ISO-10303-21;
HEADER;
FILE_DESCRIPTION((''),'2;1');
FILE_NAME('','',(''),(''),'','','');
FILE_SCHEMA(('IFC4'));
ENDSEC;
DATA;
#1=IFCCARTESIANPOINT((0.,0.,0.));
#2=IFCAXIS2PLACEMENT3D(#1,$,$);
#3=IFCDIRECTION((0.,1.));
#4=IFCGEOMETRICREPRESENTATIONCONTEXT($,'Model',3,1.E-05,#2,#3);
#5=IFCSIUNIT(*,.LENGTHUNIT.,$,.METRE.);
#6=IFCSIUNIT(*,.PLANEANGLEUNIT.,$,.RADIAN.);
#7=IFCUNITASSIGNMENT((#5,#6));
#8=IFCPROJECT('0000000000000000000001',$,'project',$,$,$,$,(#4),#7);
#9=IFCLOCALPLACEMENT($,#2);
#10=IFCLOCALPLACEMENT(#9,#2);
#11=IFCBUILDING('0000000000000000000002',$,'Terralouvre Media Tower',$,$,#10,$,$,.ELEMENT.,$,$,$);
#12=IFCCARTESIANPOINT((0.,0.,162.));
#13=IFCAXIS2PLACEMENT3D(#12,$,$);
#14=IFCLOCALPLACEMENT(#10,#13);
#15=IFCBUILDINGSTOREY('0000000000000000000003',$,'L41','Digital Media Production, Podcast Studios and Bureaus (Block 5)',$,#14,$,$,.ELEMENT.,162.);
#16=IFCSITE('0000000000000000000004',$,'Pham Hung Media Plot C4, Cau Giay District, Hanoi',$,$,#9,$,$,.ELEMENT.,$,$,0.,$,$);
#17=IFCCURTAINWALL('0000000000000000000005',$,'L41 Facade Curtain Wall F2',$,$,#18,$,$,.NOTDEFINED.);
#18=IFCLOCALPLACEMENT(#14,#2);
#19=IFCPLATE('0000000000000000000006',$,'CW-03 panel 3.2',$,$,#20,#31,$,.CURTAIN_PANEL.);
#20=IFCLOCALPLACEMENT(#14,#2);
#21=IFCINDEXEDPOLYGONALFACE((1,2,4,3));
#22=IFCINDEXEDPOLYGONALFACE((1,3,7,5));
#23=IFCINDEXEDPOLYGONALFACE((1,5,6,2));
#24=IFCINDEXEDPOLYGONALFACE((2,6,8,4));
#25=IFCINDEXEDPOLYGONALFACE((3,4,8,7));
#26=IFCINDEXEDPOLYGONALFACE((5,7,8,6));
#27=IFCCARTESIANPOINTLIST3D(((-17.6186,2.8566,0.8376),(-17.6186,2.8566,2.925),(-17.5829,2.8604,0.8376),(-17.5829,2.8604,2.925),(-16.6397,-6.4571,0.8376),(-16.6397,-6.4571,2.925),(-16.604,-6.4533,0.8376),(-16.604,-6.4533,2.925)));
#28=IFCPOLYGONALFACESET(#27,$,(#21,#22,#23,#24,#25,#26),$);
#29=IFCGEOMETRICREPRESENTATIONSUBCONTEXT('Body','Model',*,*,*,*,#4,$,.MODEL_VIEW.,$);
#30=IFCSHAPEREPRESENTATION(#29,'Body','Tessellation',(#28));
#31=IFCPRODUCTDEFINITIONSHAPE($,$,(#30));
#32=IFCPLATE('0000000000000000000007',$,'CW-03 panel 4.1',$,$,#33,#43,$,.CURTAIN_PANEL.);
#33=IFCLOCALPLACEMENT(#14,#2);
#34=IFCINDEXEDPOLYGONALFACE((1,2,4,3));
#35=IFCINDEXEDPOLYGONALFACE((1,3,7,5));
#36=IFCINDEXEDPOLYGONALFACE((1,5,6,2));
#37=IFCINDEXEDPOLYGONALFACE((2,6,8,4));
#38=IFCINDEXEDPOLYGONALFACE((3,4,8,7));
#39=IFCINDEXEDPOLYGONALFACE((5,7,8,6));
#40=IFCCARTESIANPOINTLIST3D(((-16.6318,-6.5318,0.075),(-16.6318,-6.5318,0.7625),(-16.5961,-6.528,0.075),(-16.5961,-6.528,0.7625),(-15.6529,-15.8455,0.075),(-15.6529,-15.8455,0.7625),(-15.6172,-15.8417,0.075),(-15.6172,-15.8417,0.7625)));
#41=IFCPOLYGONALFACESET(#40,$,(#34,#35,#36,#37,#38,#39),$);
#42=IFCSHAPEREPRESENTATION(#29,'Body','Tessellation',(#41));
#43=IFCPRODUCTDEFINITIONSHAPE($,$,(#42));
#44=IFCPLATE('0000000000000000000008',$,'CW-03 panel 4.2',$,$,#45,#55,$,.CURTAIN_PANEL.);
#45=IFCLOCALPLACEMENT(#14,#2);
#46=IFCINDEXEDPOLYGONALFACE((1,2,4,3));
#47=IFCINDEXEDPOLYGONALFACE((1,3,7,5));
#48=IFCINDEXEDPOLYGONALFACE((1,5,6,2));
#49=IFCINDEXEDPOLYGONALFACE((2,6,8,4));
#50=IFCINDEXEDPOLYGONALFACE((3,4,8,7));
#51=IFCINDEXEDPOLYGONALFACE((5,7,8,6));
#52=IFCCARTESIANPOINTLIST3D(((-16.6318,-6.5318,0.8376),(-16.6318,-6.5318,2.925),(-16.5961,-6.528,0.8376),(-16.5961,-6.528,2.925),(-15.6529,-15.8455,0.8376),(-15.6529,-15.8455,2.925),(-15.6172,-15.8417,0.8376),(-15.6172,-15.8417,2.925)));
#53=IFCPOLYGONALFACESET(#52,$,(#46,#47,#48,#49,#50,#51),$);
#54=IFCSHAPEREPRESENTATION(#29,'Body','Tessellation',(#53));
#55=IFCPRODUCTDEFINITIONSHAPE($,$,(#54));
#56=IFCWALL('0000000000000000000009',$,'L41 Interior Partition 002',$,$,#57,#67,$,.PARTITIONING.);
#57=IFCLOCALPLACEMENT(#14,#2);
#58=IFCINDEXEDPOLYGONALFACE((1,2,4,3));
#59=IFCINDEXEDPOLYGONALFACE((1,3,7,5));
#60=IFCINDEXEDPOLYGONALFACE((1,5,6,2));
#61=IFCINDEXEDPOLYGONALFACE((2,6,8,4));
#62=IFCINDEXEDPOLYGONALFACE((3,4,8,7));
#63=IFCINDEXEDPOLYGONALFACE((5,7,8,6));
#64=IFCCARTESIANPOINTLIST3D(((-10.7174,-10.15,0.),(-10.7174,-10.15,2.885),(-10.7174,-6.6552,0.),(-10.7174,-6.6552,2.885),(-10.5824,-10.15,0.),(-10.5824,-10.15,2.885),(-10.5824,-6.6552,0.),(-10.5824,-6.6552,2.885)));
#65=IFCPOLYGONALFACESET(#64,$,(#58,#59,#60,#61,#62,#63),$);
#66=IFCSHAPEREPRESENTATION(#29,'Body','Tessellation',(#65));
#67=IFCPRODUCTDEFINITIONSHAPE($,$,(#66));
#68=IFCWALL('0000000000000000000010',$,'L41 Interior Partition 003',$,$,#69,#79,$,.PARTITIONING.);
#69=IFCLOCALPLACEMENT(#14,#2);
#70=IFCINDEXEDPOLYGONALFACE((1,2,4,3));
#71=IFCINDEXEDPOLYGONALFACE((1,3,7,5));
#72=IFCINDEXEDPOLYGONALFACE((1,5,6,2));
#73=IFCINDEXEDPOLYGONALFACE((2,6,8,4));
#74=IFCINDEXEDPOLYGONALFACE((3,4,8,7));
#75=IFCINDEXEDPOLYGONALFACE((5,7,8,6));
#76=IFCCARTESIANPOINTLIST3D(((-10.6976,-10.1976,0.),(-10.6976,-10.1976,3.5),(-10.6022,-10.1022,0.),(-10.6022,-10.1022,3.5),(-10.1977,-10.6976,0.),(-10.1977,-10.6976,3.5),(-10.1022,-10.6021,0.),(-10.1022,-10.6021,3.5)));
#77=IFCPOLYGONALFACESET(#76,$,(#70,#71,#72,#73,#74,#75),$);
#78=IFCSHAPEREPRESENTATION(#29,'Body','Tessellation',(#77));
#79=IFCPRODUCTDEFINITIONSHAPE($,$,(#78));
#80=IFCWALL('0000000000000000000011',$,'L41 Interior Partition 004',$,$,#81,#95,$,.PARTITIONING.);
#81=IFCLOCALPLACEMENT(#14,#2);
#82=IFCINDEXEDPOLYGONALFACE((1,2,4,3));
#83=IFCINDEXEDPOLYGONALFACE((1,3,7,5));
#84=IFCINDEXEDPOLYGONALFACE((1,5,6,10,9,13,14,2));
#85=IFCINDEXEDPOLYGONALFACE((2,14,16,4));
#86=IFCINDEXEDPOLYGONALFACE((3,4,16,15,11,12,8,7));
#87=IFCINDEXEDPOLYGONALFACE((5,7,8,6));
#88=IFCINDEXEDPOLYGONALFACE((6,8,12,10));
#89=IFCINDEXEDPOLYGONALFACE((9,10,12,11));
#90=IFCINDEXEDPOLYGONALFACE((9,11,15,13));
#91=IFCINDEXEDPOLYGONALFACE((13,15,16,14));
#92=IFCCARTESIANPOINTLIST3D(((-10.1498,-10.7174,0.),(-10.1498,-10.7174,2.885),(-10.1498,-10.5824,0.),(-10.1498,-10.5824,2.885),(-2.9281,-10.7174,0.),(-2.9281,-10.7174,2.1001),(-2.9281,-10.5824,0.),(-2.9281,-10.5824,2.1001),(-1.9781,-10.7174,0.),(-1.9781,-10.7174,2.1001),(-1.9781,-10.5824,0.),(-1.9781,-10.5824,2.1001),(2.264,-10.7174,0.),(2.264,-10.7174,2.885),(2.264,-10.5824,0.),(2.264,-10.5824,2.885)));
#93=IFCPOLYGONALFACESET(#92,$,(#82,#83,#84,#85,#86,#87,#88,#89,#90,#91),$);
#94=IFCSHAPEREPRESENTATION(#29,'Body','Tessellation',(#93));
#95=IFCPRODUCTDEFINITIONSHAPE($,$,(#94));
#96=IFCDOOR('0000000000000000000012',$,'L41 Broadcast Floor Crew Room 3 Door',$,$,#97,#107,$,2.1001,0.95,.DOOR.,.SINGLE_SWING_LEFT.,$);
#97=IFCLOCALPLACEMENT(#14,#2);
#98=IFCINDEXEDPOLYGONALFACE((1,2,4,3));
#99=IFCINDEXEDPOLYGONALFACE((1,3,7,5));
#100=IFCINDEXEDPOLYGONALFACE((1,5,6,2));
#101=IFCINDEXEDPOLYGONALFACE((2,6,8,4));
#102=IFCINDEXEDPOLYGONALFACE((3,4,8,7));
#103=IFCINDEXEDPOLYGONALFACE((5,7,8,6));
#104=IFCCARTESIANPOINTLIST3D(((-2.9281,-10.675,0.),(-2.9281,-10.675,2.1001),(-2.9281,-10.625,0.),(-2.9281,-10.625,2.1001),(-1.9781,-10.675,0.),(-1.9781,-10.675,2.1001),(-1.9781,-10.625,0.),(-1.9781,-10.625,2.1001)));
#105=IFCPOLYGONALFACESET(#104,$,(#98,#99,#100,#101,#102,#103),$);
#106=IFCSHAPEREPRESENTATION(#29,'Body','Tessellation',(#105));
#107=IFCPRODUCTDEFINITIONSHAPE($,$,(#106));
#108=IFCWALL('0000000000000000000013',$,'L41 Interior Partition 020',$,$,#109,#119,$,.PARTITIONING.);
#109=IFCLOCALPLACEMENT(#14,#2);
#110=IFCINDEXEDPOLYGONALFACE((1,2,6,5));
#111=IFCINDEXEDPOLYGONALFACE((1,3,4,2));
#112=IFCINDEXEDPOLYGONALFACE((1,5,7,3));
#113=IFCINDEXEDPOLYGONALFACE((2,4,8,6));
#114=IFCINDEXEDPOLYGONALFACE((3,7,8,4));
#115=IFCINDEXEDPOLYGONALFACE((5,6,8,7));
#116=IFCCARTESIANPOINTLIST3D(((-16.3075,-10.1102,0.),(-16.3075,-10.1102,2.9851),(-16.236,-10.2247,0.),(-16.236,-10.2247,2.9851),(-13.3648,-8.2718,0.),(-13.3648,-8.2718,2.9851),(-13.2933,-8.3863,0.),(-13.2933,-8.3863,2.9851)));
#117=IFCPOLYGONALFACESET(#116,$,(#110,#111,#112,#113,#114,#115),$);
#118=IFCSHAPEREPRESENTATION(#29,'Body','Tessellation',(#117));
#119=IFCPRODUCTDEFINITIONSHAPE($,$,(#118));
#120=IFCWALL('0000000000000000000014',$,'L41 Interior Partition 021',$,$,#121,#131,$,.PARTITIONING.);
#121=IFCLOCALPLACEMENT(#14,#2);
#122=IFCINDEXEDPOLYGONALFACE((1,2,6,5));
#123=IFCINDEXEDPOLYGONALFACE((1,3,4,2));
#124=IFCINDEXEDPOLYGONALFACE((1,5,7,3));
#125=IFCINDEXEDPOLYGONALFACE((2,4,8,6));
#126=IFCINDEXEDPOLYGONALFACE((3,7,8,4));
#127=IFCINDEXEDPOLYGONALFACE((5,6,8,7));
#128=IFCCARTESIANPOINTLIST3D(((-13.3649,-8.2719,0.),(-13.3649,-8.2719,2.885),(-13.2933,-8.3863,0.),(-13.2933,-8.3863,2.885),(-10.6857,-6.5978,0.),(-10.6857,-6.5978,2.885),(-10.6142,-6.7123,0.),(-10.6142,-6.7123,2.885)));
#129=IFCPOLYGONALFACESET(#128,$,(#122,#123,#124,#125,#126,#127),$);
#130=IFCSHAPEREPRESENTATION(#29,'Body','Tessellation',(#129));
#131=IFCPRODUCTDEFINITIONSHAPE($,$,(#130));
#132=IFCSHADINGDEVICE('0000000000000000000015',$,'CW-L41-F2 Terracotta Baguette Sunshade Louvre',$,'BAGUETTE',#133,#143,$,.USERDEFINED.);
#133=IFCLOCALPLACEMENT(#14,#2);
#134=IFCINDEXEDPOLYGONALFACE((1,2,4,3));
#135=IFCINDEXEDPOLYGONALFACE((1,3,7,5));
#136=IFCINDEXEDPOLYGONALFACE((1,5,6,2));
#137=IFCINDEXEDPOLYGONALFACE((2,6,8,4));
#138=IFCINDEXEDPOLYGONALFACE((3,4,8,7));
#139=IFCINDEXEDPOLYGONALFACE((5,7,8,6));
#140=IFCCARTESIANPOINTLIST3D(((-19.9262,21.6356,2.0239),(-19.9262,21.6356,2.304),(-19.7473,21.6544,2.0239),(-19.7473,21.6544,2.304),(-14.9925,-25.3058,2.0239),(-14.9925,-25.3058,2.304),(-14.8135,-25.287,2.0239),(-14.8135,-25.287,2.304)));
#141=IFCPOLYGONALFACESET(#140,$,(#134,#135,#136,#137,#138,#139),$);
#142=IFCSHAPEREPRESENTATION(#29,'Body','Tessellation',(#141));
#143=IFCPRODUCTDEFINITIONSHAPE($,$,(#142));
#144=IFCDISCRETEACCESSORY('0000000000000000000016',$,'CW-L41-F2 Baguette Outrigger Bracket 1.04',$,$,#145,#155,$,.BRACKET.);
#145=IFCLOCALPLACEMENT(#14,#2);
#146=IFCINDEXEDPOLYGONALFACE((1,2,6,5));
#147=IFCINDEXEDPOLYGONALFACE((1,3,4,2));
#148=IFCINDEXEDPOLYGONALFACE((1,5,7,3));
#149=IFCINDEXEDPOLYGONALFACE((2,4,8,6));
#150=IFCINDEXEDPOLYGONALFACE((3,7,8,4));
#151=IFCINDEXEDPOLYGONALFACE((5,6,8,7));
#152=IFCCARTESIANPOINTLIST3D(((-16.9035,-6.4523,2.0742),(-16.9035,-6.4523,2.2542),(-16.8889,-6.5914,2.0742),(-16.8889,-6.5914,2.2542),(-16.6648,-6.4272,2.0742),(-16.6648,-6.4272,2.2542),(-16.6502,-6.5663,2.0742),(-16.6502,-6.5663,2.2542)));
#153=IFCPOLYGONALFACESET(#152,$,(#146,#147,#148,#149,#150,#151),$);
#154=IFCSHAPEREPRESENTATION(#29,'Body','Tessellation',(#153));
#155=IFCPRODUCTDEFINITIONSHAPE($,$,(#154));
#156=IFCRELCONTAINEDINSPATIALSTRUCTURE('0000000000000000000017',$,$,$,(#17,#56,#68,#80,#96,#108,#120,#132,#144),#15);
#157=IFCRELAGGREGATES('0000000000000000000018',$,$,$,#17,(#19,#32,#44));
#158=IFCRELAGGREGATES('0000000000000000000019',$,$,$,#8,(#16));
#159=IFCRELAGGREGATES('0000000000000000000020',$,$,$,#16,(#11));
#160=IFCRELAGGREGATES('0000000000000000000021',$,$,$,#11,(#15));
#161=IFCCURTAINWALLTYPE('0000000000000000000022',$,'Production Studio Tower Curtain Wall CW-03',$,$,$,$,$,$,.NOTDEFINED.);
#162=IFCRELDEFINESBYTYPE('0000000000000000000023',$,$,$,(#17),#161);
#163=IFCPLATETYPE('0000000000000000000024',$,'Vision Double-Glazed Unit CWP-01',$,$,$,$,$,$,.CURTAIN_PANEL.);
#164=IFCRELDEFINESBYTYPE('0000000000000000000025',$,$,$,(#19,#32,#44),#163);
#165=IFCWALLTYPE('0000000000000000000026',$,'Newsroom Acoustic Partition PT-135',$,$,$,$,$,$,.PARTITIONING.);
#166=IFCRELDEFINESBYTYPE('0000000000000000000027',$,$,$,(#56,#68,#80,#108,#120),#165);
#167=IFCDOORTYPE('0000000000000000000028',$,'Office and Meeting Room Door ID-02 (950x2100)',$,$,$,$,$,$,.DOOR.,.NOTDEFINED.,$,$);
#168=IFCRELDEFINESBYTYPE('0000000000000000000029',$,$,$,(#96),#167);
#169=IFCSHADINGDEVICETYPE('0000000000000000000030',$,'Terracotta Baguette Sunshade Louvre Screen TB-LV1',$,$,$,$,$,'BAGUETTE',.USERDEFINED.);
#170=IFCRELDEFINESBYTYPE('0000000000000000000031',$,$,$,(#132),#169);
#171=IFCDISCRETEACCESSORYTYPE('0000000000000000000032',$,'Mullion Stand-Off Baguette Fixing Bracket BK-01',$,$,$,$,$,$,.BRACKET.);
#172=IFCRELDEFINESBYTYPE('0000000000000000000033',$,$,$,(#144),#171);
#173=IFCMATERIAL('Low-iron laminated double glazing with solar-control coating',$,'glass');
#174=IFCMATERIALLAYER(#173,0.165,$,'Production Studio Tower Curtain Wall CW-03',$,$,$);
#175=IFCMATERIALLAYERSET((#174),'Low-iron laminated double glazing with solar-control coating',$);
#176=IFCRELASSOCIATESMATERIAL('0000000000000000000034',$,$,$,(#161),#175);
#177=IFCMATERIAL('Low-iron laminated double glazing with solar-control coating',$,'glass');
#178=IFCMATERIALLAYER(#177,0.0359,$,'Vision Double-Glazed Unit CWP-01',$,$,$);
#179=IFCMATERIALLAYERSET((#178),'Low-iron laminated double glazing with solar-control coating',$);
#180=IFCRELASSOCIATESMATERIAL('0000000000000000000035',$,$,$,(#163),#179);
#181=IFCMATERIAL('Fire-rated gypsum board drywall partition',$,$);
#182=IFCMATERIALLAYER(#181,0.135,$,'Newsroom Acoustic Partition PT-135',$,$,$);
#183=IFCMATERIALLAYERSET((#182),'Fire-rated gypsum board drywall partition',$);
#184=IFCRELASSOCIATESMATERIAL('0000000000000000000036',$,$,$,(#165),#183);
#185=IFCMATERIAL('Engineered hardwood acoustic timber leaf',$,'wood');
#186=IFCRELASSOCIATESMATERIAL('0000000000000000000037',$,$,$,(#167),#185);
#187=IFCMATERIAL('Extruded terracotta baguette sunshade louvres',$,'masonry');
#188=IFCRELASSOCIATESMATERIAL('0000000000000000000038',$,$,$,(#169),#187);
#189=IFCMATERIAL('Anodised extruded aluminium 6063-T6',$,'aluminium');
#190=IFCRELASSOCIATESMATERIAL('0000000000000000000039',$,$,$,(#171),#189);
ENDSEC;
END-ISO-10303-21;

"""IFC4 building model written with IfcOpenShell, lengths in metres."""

from ifc_helpers import new_model, si_unit, direction, frame, frame_2d, origin, origin_2d, place, context, subcontext, project, spatial, rectangle, extrude, material, layer, layer_set, type_object, element, fill, aggregate, save


model = new_model("IFC4")

# Units and contexts
model_context = context("Model", 3, precision=1e-05, world=origin(), true_north=direction((0.0, 1.0)))
body_context = subcontext(model_context, "Body", "Model", "MODEL_VIEW")
ifc_project = project(units=[si_unit("LENGTHUNIT", "METRE"), si_unit("PLANEANGLEUNIT", "RADIAN")], contexts=[model_context])

# Site, building, storey
site_placement = place(None, origin())
site = spatial("IfcSite", under=ifc_project, at=site_placement, Name="Pham Hung Media Plot C4, Cau Giay District, Hanoi", CompositionType="ELEMENT", RefElevation=0.0)
building_placement = place(site_placement, origin())
building = spatial("IfcBuilding", under=site, at=building_placement, Name="Terralouvre Media Tower", CompositionType="ELEMENT")
storey_placement = place(building_placement, frame((0.0, 0.0, 162.0)))
storey = spatial("IfcBuildingStorey", under=building, at=storey_placement, Name="L41", Description="Digital Media Production, Podcast Studios and Bureaus (Block 5)", CompositionType="ELEMENT", Elevation=162.0)

# Curtain wall
ifc_material_1 = material(Name="Low-iron laminated double glazing with solar-control coating", Category="glass")
ifc_layer_1 = layer(ifc_material_1, 0.165, Name="Production Studio Tower Curtain Wall CW-03")
ifc_layer_set_1 = layer_set([ifc_layer_1], Name="Low-iron laminated double glazing with solar-control coating")
curtain_wall_type = type_object("IfcCurtainWallType", Name="Production Studio Tower Curtain Wall CW-03", PredefinedType="NOTDEFINED", material=ifc_layer_set_1)
curtain_wall_placement = place(storey_placement, origin())
curtain_wall = element("IfcCurtainWall", 1, at=curtain_wall_placement, inside=storey, type_object=curtain_wall_type, Name="L41 Facade Curtain Wall F2", PredefinedType="NOTDEFINED")

# Plates
ifc_material_2 = material(Name="Low-iron laminated double glazing with solar-control coating", Category="glass")
ifc_layer_2 = layer(ifc_material_2, 0.0359, Name="Vision Double-Glazed Unit CWP-01")
ifc_layer_set_2 = layer_set([ifc_layer_2], Name="Low-iron laminated double glazing with solar-control coating")
plate_type = type_object("IfcPlateType", Name="Vision Double-Glazed Unit CWP-01", PredefinedType="CURTAIN_PANEL", material=ifc_layer_set_2)
plate_1_placement = place(storey_placement, frame((-17.1113, -1.7983, 0.8376), z_axis=(0.0, 0.0, 1.0), x_axis=(0.104528, -0.994522, 0.0)))
plate_1 = element("IfcPlate", 2, at=plate_1_placement, type_object=plate_type, Name="CW-03 panel 3.2", PredefinedType="CURTAIN_PANEL", context=body_context, shape_type="SweptSolid", body=[
    extrude(rectangle(XDim=9.365, YDim=0.0359, at=origin_2d()), origin(), (0.0, 0.0, 1.0), 2.0874),
])
plate_2_placement = place(storey_placement, frame((-16.1245, -11.1868, 0.075), z_axis=(0.0, 0.0, 1.0), x_axis=(0.104528, -0.994522, 0.0)))
plate_2 = element("IfcPlate", 3, at=plate_2_placement, type_object=plate_type, Name="CW-03 panel 4.1", PredefinedType="CURTAIN_PANEL", context=body_context, shape_type="SweptSolid", body=[
    extrude(rectangle(XDim=9.365, YDim=0.0359, at=origin_2d()), origin(), (0.0, 0.0, 1.0), 0.6875),
])
plate_3_placement = place(storey_placement, frame((-16.1245, -11.1868, 0.8376), z_axis=(0.0, 0.0, 1.0), x_axis=(0.104528, -0.994522, 0.0)))
plate_3 = element("IfcPlate", 4, at=plate_3_placement, type_object=plate_type, Name="CW-03 panel 4.2", PredefinedType="CURTAIN_PANEL", context=body_context, shape_type="SweptSolid", body=[
    extrude(rectangle(XDim=9.365, YDim=0.0359, at=origin_2d()), origin(), (0.0, 0.0, 1.0), 2.0874),
])
aggregate(curtain_wall, [plate_1, plate_2, plate_3])

# Walls
ifc_material_3 = material(Name="Fire-rated gypsum board drywall partition")
ifc_layer_3 = layer(ifc_material_3, 0.135, Name="Newsroom Acoustic Partition PT-135")
ifc_layer_set_3 = layer_set([ifc_layer_3], Name="Fire-rated gypsum board drywall partition")
wall_type = type_object("IfcWallType", Name="Newsroom Acoustic Partition PT-135", PredefinedType="PARTITIONING", material=ifc_layer_set_3)
wall_1_placement = place(storey_placement, frame((-10.6499, -6.655, 0.0), z_axis=(0.0, 0.0, 1.0), x_axis=(0.0, -1.0, 0.0)))
element("IfcWall", 5, at=wall_1_placement, inside=storey, type_object=wall_type, Name="L41 Interior Partition 002", PredefinedType="PARTITIONING", context=body_context, shape_type="SweptSolid", body=[
    extrude(rectangle(XDim=3.4949, YDim=0.135, at=frame_2d((1.7476, 0.0))), origin(), (0.0, 0.0, 1.0), 2.885),
])
wall_2_placement = place(storey_placement, frame((-10.6499, -10.1499, 0.0), z_axis=(0.0, 0.0, 1.0), x_axis=(0.707107, -0.707107, 0.0)))
element("IfcWall", 6, at=wall_2_placement, inside=storey, type_object=wall_type, Name="L41 Interior Partition 003", PredefinedType="PARTITIONING", context=body_context, shape_type="SweptSolid", body=[
    extrude(rectangle(XDim=0.707, YDim=0.135, at=frame_2d((0.3535, 0.0))), origin(), (0.0, 0.0, 1.0), 3.5),
])

# Wall, opening, door
wall_3_placement = place(storey_placement, frame((-10.1499, -10.6499, 0.0), z_axis=(0.0, 0.0, 1.0), x_axis=(1.0, 0.0, 0.0)))
wall_3 = element("IfcWall", 7, at=wall_3_placement, inside=storey, type_object=wall_type, Name="L41 Interior Partition 004", PredefinedType="PARTITIONING", context=body_context, shape_type="SweptSolid", body=[
    extrude(rectangle(XDim=12.4138, YDim=0.135, at=frame_2d((6.207, 0.0))), origin(), (0.0, 0.0, 1.0), 2.885),
])
opening_placement = place(wall_3_placement, frame((7.2217, 0.0, 0.0)))
opening = element("IfcOpeningElement", 8, at=opening_placement, cuts=wall_3, PredefinedType="OPENING", context=body_context, shape_type="SweptSolid", body=[
    extrude(rectangle(XDim=0.95, YDim=2.1001, at=frame_2d((0.4751, 1.05))), frame((0.0, 0.0774, 0.0), z_axis=(0.0, -1.0, 0.0), x_axis=(1.0, 0.0, 0.0)), (0.0, 0.0, 1.0), 0.155),
])
ifc_material_4 = material(Name="Engineered hardwood acoustic timber leaf", Category="wood")
door_type = type_object("IfcDoorType", Name="Office and Meeting Room Door ID-02 (950x2100)", OperationType="NOTDEFINED", PredefinedType="DOOR", material=ifc_material_4)
door_placement = place(opening_placement, origin())
door = element("IfcDoor", 9, at=door_placement, inside=storey, type_object=door_type, Name="L41 Broadcast Floor Crew Room 3 Door", OperationType="SINGLE_SWING_LEFT", OverallHeight=2.1001, OverallWidth=0.95, PredefinedType="DOOR", context=body_context, shape_type="SweptSolid", body=[
    extrude(rectangle(XDim=0.95, YDim=2.1001, at=frame_2d((0.4751, 1.05))), frame((0.0, 0.0249, 0.0), z_axis=(0.0, -1.0, 0.0), x_axis=(1.0, 0.0, 0.0)), (0.0, 0.0, 1.0), 0.05),
])
fill(opening, door)

# Walls
wall_4_placement = place(storey_placement, frame((-16.2717, -10.1675, 0.0), z_axis=(0.0, 0.0, 1.0), x_axis=(0.848097, 0.529841, 0.0)))
element("IfcWall", 10, at=wall_4_placement, inside=storey, type_object=wall_type, Name="L41 Interior Partition 020", PredefinedType="PARTITIONING", context=body_context, shape_type="SweptSolid", body=[
    extrude(rectangle(XDim=3.4697, YDim=0.135, at=frame_2d((1.7349, 0.0))), origin(), (0.0, 0.0, 1.0), 2.9851),
])
wall_5_placement = place(storey_placement, frame((-13.3291, -8.3291, 0.0), z_axis=(0.0, 0.0, 1.0), x_axis=(0.848059, 0.529902, 0.0)))
element("IfcWall", 11, at=wall_5_placement, inside=storey, type_object=wall_type, Name="L41 Interior Partition 021", PredefinedType="PARTITIONING", context=body_context, shape_type="SweptSolid", body=[
    extrude(rectangle(XDim=3.1592, YDim=0.135, at=frame_2d((1.5796, 0.0))), origin(), (0.0, 0.0, 1.0), 2.885),
])

# Shading device
ifc_material_5 = material(Name="Extruded terracotta baguette sunshade louvres", Category="masonry")
shading_device_type = type_object("IfcShadingDeviceType", Name="Terracotta Baguette Sunshade Louvre Screen TB-LV1", ElementType="BAGUETTE", PredefinedType="USERDEFINED", material=ifc_material_5)
shading_device_placement = place(storey_placement, frame((-17.3699, -1.8257, 2.0239), z_axis=(0.0, 0.0, 1.0), x_axis=(0.104528, -0.994522, 0.0)))
element("IfcShadingDevice", 12, at=shading_device_placement, inside=storey, type_object=shading_device_type, Name="CW-L41-F2 Terracotta Baguette Sunshade Louvre", ObjectType="BAGUETTE", PredefinedType="USERDEFINED", context=body_context, shape_type="SweptSolid", body=[
    extrude(rectangle(XDim=47.2, YDim=0.1799, at=origin_2d()), origin(), (0.0, 0.0, 1.0), 0.28),
])

# Discrete accessory
ifc_material_6 = material(Name="Anodised extruded aluminium 6063-T6", Category="aluminium")
discrete_accessory_type = type_object("IfcDiscreteAccessoryType", Name="Mullion Stand-Off Baguette Fixing Bracket BK-01", PredefinedType="BRACKET", material=ifc_material_6)
discrete_accessory_placement = place(storey_placement, frame((-16.7769, -6.5093, 2.0742), z_axis=(0.0, 0.0, 1.0), x_axis=(0.104528, -0.994522, 0.0)))
element("IfcDiscreteAccessory", 13, at=discrete_accessory_placement, inside=storey, type_object=discrete_accessory_type, Name="CW-L41-F2 Baguette Outrigger Bracket 1.04", PredefinedType="BRACKET", context=body_context, shape_type="SweptSolid", body=[
    extrude(rectangle(XDim=0.1399, YDim=0.24, at=origin_2d()), origin(), (0.0, 0.0, 1.0), 0.1799),
])

save(model, "model.ifc")
